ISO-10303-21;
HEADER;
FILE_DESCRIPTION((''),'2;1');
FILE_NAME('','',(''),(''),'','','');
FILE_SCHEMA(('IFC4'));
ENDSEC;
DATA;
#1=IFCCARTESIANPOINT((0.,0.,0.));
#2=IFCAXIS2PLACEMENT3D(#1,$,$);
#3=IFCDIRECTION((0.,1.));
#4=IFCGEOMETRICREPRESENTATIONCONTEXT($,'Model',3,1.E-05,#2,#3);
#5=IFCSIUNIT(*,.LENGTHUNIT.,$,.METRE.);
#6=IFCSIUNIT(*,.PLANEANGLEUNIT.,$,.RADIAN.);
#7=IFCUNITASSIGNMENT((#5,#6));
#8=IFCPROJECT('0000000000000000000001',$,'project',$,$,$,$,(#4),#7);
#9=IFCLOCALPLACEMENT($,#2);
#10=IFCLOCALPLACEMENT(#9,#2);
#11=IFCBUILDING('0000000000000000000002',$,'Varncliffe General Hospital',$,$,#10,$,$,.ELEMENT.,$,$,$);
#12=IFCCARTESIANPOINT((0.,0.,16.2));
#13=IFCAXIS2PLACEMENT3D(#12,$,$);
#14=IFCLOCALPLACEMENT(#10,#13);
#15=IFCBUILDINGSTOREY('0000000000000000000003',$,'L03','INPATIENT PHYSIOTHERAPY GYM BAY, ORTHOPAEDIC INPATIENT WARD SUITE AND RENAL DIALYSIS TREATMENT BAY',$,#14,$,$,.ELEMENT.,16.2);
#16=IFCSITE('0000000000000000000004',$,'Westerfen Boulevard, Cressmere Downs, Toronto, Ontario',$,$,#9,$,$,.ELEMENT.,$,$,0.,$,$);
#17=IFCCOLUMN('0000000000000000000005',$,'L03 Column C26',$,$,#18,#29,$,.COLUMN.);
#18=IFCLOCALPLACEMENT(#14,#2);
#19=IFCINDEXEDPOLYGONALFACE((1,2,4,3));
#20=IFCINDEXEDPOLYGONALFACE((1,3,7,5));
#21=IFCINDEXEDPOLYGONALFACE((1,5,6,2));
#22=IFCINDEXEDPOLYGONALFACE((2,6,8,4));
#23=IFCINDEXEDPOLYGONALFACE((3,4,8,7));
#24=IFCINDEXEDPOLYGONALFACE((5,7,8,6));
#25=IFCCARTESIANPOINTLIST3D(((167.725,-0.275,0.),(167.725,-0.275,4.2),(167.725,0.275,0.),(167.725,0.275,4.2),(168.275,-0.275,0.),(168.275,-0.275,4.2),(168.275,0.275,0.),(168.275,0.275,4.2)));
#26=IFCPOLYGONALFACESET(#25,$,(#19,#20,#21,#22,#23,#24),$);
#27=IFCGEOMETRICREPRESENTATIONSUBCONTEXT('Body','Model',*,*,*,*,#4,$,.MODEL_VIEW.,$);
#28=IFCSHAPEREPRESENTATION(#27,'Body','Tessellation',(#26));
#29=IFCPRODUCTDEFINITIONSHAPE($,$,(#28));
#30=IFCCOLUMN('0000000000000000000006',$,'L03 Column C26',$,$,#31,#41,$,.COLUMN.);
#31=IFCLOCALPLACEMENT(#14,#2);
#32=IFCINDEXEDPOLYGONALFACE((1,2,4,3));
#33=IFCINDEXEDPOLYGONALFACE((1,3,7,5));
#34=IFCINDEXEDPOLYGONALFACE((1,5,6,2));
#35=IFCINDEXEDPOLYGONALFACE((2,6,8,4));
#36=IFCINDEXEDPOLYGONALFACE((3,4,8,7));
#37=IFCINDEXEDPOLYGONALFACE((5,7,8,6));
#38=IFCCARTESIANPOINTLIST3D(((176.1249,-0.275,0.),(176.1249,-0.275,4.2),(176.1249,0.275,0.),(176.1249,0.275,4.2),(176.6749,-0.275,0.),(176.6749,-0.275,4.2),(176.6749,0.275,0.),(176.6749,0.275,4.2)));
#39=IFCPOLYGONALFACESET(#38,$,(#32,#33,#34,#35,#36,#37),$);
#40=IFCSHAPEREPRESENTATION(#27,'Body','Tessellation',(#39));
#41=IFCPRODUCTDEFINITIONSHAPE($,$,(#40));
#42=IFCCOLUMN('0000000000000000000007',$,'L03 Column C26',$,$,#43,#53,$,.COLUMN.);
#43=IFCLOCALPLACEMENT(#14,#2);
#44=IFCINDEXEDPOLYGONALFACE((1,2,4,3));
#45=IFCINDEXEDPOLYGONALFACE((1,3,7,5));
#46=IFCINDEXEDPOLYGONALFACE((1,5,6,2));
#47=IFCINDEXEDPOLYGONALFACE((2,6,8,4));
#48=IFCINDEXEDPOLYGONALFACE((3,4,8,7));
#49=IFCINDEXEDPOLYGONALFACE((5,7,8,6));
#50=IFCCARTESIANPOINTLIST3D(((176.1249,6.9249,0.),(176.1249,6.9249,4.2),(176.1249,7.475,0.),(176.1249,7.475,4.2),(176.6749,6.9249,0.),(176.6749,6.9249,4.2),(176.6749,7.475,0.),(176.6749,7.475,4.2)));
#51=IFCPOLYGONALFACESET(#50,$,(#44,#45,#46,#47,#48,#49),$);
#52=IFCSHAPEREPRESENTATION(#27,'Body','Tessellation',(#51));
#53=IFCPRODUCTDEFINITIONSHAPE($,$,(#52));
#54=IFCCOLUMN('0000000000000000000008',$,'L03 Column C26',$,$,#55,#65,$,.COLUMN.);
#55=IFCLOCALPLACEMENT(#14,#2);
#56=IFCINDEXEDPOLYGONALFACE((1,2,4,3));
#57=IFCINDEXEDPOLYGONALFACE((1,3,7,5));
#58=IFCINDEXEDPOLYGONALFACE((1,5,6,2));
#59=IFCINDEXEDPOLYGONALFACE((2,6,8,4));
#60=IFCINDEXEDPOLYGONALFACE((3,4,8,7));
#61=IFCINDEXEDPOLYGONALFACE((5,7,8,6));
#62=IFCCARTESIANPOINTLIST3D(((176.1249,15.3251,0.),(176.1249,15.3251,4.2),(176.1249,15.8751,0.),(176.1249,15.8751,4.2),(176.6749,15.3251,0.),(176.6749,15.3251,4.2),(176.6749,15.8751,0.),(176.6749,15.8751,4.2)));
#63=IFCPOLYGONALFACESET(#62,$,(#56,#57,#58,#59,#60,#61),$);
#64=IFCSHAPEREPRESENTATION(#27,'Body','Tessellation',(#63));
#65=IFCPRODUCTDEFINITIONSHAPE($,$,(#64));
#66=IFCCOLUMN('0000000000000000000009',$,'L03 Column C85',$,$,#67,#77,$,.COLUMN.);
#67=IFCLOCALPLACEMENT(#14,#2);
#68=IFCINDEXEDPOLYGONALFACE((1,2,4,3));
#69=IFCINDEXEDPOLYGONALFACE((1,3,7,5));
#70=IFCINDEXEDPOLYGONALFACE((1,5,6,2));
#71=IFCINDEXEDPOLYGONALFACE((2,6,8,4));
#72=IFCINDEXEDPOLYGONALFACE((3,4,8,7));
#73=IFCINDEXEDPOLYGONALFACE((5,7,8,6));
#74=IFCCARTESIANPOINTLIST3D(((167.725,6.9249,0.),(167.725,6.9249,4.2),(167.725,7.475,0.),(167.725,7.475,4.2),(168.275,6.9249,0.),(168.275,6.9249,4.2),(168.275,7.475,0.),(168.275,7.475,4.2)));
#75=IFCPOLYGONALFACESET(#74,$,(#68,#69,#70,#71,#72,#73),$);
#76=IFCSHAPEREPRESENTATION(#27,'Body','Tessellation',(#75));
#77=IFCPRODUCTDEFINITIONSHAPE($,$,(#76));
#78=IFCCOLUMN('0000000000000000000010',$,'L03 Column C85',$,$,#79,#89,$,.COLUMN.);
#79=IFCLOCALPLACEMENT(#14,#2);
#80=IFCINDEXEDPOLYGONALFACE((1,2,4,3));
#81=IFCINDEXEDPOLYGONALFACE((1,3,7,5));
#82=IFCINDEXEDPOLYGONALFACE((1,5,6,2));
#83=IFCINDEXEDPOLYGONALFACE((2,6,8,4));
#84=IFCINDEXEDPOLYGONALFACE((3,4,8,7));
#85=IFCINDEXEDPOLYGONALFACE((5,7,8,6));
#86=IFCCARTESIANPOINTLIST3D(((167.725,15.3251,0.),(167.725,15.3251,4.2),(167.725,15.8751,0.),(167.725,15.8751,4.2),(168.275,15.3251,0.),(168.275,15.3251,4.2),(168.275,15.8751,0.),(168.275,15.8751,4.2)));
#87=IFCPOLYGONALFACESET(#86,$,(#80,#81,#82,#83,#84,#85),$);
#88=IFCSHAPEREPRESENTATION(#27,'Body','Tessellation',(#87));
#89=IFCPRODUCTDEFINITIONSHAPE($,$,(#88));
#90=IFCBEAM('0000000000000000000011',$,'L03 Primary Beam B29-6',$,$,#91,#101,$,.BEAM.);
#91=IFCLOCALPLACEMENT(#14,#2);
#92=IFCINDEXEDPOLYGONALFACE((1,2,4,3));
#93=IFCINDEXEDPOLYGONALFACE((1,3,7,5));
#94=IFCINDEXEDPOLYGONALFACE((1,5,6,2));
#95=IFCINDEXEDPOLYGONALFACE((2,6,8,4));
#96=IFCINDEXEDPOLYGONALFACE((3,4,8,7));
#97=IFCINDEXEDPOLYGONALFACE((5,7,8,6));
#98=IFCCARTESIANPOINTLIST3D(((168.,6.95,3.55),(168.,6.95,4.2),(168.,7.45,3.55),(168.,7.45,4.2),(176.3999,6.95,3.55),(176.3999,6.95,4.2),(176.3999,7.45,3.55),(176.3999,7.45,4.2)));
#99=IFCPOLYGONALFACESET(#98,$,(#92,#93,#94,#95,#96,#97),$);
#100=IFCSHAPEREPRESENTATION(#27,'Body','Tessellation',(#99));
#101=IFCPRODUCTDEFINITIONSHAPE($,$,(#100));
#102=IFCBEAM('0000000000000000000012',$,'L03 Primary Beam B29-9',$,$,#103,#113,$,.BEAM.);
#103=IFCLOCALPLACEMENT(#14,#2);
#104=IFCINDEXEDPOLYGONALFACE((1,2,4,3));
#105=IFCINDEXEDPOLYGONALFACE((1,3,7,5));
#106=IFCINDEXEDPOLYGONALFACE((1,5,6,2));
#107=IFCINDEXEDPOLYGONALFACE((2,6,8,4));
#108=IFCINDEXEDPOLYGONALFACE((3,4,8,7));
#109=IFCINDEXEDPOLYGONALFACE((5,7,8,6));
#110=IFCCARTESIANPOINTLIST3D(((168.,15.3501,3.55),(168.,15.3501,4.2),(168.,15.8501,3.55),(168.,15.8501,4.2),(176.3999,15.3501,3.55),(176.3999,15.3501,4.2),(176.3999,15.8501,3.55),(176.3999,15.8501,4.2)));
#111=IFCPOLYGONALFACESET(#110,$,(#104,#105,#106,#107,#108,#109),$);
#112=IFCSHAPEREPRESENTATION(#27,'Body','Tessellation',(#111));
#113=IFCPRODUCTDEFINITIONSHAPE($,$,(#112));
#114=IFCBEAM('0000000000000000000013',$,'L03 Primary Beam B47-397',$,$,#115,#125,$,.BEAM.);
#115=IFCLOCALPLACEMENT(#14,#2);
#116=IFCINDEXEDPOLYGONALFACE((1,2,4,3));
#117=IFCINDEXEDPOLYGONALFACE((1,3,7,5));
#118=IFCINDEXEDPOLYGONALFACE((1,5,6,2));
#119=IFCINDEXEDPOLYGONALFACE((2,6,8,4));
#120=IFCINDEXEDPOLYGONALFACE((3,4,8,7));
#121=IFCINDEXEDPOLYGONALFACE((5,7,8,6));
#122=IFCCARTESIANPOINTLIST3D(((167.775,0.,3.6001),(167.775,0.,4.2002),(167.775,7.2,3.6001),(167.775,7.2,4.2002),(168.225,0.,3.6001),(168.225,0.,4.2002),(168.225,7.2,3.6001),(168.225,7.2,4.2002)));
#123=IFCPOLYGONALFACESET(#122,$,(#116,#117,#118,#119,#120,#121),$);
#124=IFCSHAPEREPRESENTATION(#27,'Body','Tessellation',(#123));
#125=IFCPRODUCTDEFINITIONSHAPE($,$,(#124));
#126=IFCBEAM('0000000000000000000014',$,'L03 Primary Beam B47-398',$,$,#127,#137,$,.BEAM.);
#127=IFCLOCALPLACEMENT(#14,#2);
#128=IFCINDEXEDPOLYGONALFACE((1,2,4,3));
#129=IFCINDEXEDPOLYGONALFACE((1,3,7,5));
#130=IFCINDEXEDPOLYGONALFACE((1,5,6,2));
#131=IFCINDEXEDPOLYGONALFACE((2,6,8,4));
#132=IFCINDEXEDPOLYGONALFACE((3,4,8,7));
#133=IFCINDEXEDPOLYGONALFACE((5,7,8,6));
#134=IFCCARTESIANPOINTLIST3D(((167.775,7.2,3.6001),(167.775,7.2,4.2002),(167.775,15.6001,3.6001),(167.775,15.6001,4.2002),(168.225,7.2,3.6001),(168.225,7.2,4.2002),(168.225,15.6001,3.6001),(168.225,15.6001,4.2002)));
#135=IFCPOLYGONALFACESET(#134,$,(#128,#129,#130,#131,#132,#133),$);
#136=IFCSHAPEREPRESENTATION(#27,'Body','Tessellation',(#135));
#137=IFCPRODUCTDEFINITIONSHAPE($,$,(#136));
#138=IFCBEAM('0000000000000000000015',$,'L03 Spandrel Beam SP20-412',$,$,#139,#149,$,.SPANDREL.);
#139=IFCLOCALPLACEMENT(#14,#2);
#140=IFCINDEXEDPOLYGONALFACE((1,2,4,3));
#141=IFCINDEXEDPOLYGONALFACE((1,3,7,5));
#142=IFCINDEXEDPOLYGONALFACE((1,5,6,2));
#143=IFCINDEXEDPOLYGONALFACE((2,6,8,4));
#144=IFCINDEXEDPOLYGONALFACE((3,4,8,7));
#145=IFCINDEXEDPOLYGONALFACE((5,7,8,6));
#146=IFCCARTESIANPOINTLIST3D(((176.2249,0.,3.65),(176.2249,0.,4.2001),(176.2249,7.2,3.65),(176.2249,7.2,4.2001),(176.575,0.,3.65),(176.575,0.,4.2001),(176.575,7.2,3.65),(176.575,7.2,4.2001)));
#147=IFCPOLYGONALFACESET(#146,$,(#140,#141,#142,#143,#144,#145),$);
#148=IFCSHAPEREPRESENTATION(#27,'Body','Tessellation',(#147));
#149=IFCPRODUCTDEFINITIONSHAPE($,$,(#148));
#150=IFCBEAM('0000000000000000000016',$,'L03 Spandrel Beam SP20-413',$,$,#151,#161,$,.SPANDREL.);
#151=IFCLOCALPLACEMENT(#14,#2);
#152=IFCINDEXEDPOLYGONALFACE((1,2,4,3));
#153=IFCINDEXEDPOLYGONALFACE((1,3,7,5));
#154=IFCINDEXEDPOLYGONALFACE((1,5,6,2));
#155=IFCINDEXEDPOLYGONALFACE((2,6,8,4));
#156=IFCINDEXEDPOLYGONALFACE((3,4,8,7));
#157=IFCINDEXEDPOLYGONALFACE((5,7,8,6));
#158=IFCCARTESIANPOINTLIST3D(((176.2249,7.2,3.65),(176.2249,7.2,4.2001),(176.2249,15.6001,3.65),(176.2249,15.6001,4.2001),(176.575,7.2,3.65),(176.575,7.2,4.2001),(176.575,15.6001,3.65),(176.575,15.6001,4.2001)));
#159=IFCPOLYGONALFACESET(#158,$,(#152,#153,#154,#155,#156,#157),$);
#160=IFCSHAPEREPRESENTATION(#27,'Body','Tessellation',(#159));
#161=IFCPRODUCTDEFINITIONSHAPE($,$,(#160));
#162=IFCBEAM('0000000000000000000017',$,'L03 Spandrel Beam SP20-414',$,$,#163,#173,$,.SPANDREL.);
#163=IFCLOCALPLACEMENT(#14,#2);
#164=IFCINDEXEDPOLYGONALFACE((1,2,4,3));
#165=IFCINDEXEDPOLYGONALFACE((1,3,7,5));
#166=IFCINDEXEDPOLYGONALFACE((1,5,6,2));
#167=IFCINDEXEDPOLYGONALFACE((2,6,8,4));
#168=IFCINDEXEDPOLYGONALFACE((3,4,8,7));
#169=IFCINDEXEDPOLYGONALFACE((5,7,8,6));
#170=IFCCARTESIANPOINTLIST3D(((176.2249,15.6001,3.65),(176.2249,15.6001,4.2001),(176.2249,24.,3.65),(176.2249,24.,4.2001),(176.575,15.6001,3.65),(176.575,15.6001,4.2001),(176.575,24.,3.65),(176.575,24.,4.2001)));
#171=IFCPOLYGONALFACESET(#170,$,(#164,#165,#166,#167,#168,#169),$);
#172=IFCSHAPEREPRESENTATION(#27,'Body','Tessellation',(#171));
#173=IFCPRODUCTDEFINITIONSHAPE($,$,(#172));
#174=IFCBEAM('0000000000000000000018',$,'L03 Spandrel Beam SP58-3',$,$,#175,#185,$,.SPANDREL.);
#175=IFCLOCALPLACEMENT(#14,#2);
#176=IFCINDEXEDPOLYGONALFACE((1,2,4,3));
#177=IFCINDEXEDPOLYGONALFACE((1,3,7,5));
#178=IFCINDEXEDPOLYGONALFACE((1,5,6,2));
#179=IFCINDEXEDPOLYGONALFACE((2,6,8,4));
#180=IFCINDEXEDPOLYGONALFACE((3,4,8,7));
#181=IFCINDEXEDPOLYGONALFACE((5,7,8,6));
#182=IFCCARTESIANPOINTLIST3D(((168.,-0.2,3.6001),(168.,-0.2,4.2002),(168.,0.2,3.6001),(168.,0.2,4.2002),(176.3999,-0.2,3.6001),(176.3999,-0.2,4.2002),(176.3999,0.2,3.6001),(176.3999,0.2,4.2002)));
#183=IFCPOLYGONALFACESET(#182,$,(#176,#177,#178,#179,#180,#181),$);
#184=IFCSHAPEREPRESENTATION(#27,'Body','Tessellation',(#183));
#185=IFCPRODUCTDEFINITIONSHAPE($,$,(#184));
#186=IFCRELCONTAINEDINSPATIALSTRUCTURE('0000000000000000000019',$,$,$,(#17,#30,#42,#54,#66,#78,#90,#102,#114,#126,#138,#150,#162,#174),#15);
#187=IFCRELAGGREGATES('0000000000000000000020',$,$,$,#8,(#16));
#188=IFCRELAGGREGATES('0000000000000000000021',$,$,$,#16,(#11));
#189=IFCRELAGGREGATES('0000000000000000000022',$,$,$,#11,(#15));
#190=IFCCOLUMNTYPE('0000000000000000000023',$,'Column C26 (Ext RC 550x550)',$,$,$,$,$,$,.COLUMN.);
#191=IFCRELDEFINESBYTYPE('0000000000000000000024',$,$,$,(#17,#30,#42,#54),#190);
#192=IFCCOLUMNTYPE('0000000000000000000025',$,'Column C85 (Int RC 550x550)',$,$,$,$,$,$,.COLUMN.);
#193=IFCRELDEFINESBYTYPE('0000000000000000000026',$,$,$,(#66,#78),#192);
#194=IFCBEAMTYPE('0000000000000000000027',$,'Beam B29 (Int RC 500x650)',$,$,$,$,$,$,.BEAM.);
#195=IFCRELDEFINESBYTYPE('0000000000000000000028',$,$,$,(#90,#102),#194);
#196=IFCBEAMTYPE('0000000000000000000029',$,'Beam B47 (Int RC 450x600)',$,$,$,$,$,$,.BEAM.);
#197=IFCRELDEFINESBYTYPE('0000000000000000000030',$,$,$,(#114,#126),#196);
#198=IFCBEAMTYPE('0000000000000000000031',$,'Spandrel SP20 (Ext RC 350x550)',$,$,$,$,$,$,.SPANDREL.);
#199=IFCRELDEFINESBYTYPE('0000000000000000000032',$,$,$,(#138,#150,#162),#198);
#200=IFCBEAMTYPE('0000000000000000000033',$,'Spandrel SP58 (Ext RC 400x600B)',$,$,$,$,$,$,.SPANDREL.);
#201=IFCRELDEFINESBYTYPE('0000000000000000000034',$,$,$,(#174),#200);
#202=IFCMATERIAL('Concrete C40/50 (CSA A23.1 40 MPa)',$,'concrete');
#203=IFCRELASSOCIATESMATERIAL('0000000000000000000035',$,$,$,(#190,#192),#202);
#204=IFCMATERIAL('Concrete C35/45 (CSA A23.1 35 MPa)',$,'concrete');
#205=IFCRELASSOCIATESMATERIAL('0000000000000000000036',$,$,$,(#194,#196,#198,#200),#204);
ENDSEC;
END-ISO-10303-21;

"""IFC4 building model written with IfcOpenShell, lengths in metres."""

from ifc_helpers import new_model, si_unit, direction, frame, origin, origin_2d, place, context, subcontext, project, spatial, rectangle, extrude, material, material_profile, profile_set, type_object, element, save


model = new_model("IFC4")

# Units and contexts
model_context = context("Model", 3, precision=1e-05, world=origin(), true_north=direction((0.0, 1.0)))
body_context = subcontext(model_context, "Body", "Model", "MODEL_VIEW")
ifc_project = project(units=[si_unit("LENGTHUNIT", "METRE"), si_unit("PLANEANGLEUNIT", "RADIAN")], contexts=[model_context])

# Site, building, storey
site_placement = place(None, origin())
site = spatial("IfcSite", under=ifc_project, at=site_placement, Name="Westerfen Boulevard, Cressmere Downs, Toronto, Ontario", CompositionType="ELEMENT", RefElevation=0.0)
building_placement = place(site_placement, origin())
building = spatial("IfcBuilding", under=site, at=building_placement, Name="Varncliffe General Hospital", CompositionType="ELEMENT")
storey_placement = place(building_placement, frame((0.0, 0.0, 16.2)))
storey = spatial("IfcBuildingStorey", under=building, at=storey_placement, Name="L03", Description="INPATIENT PHYSIOTHERAPY GYM BAY, ORTHOPAEDIC INPATIENT WARD SUITE AND RENAL DIALYSIS TREATMENT BAY", CompositionType="ELEMENT", Elevation=16.2)

# Columns
ifc_material_1 = material(Name="Concrete C40/50 (CSA A23.1 40 MPa)", Category="concrete")
ifc_material_profile_1 = material_profile(ifc_material_1, rectangle(XDim=0.55, YDim=0.55, at=origin_2d()), Name="RC 550x550")
ifc_profile_set_1 = profile_set([ifc_material_profile_1], Name="Concrete C40/50 (CSA A23.1 40 MPa)")
column_type_1 = type_object("IfcColumnType", Name="Column C26 (Ext RC 550x550)", PredefinedType="COLUMN", material=ifc_profile_set_1)
for number, where, z_axis, x_axis, name in (
    (1, (168.0, 0.0, 0.0), (0.0, 0.0, 1.0), (1.0, 0.0, 0.0), "L03 Column C26"),
    (2, (176.3999, 0.0, 0.0), (0.0, 0.0, 1.0), (1.0, 0.0, 0.0), "L03 Column C26"),
    (3, (176.3999, 7.2, 0.0), (0.0, 0.0, 1.0), (1.0, 0.0, 0.0), "L03 Column C26"),
    (4, (176.3999, 15.6001, 0.0), (0.0, 0.0, 1.0), (1.0, 0.0, 0.0), "L03 Column C26"),
):
    element("IfcColumn", number, at=place(storey_placement, frame(where, z_axis=z_axis, x_axis=x_axis)), inside=storey, type_object=column_type_1, Name=name, PredefinedType="COLUMN", context=body_context, shape_type="SweptSolid", body=[
        extrude(rectangle(XDim=0.55, YDim=0.55, at=origin_2d()), origin(), (0.0, 0.0, 1.0), 4.2),
    ])
ifc_material_profile_2 = material_profile(ifc_material_1, rectangle(XDim=0.55, YDim=0.55, at=origin_2d()), Name="RC 550x550")
ifc_profile_set_2 = profile_set([ifc_material_profile_2], Name="Concrete C40/50 (CSA A23.1 40 MPa)")
column_type_2 = type_object("IfcColumnType", Name="Column C85 (Int RC 550x550)", PredefinedType="COLUMN", material=ifc_profile_set_2)
for number, where, z_axis, x_axis, name in (
    (5, (168.0, 7.2, 0.0), (0.0, 0.0, 1.0), (1.0, 0.0, 0.0), "L03 Column C85"),
    (6, (168.0, 15.6001, 0.0), (0.0, 0.0, 1.0), (1.0, 0.0, 0.0), "L03 Column C85"),
):
    element("IfcColumn", number, at=place(storey_placement, frame(where, z_axis=z_axis, x_axis=x_axis)), inside=storey, type_object=column_type_2, Name=name, PredefinedType="COLUMN", context=body_context, shape_type="SweptSolid", body=[
        extrude(rectangle(XDim=0.55, YDim=0.55, at=origin_2d()), origin(), (0.0, 0.0, 1.0), 4.2),
    ])

# Beams
ifc_material_2 = material(Name="Concrete C35/45 (CSA A23.1 35 MPa)", Category="concrete")
ifc_material_profile_3 = material_profile(ifc_material_2, rectangle(XDim=0.5, YDim=0.6499, at=origin_2d()), Name="RC 500x650")
ifc_profile_set_3 = profile_set([ifc_material_profile_3], Name="Concrete C35/45 (CSA A23.1 35 MPa)")
beam_type_1 = type_object("IfcBeamType", Name="Beam B29 (Int RC 500x650)", PredefinedType="BEAM", material=ifc_profile_set_3)
for number, where, z_axis, x_axis, name in (
    (7, (168.0, 7.2, 3.875), (1.0, 0.0, 0.0), (0.0, 1.0, 0.0), "L03 Primary Beam B29-6"),
    (8, (168.0, 15.6001, 3.875), (1.0, 0.0, 0.0), (0.0, 1.0, 0.0), "L03 Primary Beam B29-9"),
):
    element("IfcBeam", number, at=place(storey_placement, frame(where, z_axis=z_axis, x_axis=x_axis)), inside=storey, type_object=beam_type_1, Name=name, PredefinedType="BEAM", context=body_context, shape_type="SweptSolid", body=[
        extrude(rectangle(XDim=0.5, YDim=0.6499, at=origin_2d()), origin(), (0.0, 0.0, 1.0), 8.3999),
    ])
ifc_material_profile_4 = material_profile(ifc_material_2, rectangle(XDim=0.45, YDim=0.6001, at=origin_2d()), Name="RC 450x600")
ifc_profile_set_4 = profile_set([ifc_material_profile_4], Name="Concrete C35/45 (CSA A23.1 35 MPa)")
beam_type_2 = type_object("IfcBeamType", Name="Beam B47 (Int RC 450x600)", PredefinedType="BEAM", material=ifc_profile_set_4)
beam_1_placement = place(storey_placement, frame((168.0, 0.0, 3.9001), z_axis=(0.0, 1.0, 0.0), x_axis=(-1.0, 0.0, 0.0)))
element("IfcBeam", 9, at=beam_1_placement, inside=storey, type_object=beam_type_2, Name="L03 Primary Beam B47-397", PredefinedType="BEAM", context=body_context, shape_type="SweptSolid", body=[
    extrude(rectangle(XDim=0.45, YDim=0.6001, at=origin_2d()), origin(), (0.0, 0.0, 1.0), 7.2),
])
beam_2_placement = place(storey_placement, frame((168.0, 7.2, 3.9001), z_axis=(0.0, 1.0, 0.0), x_axis=(-1.0, 0.0, 0.0)))
element("IfcBeam", 10, at=beam_2_placement, inside=storey, type_object=beam_type_2, Name="L03 Primary Beam B47-398", PredefinedType="BEAM", context=body_context, shape_type="SweptSolid", body=[
    extrude(rectangle(XDim=0.45, YDim=0.6001, at=origin_2d()), origin(), (0.0, 0.0, 1.0), 8.4001),
])
ifc_material_profile_5 = material_profile(ifc_material_2, rectangle(XDim=0.3501, YDim=0.55, at=origin_2d()), Name="RC 350x550")
ifc_profile_set_5 = profile_set([ifc_material_profile_5], Name="Concrete C35/45 (CSA A23.1 35 MPa)")
beam_type_3 = type_object("IfcBeamType", Name="Spandrel SP20 (Ext RC 350x550)", PredefinedType="SPANDREL", material=ifc_profile_set_5)
beam_3_placement = place(storey_placement, frame((176.3999, 0.0, 3.925), z_axis=(0.0, 1.0, 0.0), x_axis=(-1.0, 0.0, 0.0)))
element("IfcBeam", 11, at=beam_3_placement, inside=storey, type_object=beam_type_3, Name="L03 Spandrel Beam SP20-412", PredefinedType="SPANDREL", context=body_context, shape_type="SweptSolid", body=[
    extrude(rectangle(XDim=0.3501, YDim=0.55, at=origin_2d()), origin(), (0.0, 0.0, 1.0), 7.2),
])
beam_4_placement = place(storey_placement, frame((176.3999, 7.2, 3.925), z_axis=(0.0, 1.0, 0.0), x_axis=(-1.0, 0.0, 0.0)))
element("IfcBeam", 12, at=beam_4_placement, inside=storey, type_object=beam_type_3, Name="L03 Spandrel Beam SP20-413", PredefinedType="SPANDREL", context=body_context, shape_type="SweptSolid", body=[
    extrude(rectangle(XDim=0.3501, YDim=0.55, at=origin_2d()), origin(), (0.0, 0.0, 1.0), 8.4001),
])
beam_5_placement = place(storey_placement, frame((176.3999, 15.6001, 3.925), z_axis=(0.0, 1.0, 0.0), x_axis=(-1.0, 0.0, 0.0)))
element("IfcBeam", 13, at=beam_5_placement, inside=storey, type_object=beam_type_3, Name="L03 Spandrel Beam SP20-414", PredefinedType="SPANDREL", context=body_context, shape_type="SweptSolid", body=[
    extrude(rectangle(XDim=0.3501, YDim=0.55, at=origin_2d()), origin(), (0.0, 0.0, 1.0), 8.3999),
])
ifc_material_profile_6 = material_profile(ifc_material_2, rectangle(XDim=0.3999, YDim=0.6001, at=origin_2d()), Name="RC 400x600")
ifc_profile_set_6 = profile_set([ifc_material_profile_6], Name="Concrete C35/45 (CSA A23.1 35 MPa)")
beam_type_4 = type_object("IfcBeamType", Name="Spandrel SP58 (Ext RC 400x600B)", PredefinedType="SPANDREL", material=ifc_profile_set_6)
beam_6_placement = place(storey_placement, frame((168.0, 0.0, 3.9001), z_axis=(1.0, 0.0, 0.0), x_axis=(0.0, 1.0, 0.0)))
element("IfcBeam", 14, at=beam_6_placement, inside=storey, type_object=beam_type_4, Name="L03 Spandrel Beam SP58-3", PredefinedType="SPANDREL", context=body_context, shape_type="SweptSolid", body=[
    extrude(rectangle(XDim=0.3999, YDim=0.6001, at=origin_2d()), origin(), (0.0, 0.0, 1.0), 8.3999),
])

save(model, "model.ifc")
